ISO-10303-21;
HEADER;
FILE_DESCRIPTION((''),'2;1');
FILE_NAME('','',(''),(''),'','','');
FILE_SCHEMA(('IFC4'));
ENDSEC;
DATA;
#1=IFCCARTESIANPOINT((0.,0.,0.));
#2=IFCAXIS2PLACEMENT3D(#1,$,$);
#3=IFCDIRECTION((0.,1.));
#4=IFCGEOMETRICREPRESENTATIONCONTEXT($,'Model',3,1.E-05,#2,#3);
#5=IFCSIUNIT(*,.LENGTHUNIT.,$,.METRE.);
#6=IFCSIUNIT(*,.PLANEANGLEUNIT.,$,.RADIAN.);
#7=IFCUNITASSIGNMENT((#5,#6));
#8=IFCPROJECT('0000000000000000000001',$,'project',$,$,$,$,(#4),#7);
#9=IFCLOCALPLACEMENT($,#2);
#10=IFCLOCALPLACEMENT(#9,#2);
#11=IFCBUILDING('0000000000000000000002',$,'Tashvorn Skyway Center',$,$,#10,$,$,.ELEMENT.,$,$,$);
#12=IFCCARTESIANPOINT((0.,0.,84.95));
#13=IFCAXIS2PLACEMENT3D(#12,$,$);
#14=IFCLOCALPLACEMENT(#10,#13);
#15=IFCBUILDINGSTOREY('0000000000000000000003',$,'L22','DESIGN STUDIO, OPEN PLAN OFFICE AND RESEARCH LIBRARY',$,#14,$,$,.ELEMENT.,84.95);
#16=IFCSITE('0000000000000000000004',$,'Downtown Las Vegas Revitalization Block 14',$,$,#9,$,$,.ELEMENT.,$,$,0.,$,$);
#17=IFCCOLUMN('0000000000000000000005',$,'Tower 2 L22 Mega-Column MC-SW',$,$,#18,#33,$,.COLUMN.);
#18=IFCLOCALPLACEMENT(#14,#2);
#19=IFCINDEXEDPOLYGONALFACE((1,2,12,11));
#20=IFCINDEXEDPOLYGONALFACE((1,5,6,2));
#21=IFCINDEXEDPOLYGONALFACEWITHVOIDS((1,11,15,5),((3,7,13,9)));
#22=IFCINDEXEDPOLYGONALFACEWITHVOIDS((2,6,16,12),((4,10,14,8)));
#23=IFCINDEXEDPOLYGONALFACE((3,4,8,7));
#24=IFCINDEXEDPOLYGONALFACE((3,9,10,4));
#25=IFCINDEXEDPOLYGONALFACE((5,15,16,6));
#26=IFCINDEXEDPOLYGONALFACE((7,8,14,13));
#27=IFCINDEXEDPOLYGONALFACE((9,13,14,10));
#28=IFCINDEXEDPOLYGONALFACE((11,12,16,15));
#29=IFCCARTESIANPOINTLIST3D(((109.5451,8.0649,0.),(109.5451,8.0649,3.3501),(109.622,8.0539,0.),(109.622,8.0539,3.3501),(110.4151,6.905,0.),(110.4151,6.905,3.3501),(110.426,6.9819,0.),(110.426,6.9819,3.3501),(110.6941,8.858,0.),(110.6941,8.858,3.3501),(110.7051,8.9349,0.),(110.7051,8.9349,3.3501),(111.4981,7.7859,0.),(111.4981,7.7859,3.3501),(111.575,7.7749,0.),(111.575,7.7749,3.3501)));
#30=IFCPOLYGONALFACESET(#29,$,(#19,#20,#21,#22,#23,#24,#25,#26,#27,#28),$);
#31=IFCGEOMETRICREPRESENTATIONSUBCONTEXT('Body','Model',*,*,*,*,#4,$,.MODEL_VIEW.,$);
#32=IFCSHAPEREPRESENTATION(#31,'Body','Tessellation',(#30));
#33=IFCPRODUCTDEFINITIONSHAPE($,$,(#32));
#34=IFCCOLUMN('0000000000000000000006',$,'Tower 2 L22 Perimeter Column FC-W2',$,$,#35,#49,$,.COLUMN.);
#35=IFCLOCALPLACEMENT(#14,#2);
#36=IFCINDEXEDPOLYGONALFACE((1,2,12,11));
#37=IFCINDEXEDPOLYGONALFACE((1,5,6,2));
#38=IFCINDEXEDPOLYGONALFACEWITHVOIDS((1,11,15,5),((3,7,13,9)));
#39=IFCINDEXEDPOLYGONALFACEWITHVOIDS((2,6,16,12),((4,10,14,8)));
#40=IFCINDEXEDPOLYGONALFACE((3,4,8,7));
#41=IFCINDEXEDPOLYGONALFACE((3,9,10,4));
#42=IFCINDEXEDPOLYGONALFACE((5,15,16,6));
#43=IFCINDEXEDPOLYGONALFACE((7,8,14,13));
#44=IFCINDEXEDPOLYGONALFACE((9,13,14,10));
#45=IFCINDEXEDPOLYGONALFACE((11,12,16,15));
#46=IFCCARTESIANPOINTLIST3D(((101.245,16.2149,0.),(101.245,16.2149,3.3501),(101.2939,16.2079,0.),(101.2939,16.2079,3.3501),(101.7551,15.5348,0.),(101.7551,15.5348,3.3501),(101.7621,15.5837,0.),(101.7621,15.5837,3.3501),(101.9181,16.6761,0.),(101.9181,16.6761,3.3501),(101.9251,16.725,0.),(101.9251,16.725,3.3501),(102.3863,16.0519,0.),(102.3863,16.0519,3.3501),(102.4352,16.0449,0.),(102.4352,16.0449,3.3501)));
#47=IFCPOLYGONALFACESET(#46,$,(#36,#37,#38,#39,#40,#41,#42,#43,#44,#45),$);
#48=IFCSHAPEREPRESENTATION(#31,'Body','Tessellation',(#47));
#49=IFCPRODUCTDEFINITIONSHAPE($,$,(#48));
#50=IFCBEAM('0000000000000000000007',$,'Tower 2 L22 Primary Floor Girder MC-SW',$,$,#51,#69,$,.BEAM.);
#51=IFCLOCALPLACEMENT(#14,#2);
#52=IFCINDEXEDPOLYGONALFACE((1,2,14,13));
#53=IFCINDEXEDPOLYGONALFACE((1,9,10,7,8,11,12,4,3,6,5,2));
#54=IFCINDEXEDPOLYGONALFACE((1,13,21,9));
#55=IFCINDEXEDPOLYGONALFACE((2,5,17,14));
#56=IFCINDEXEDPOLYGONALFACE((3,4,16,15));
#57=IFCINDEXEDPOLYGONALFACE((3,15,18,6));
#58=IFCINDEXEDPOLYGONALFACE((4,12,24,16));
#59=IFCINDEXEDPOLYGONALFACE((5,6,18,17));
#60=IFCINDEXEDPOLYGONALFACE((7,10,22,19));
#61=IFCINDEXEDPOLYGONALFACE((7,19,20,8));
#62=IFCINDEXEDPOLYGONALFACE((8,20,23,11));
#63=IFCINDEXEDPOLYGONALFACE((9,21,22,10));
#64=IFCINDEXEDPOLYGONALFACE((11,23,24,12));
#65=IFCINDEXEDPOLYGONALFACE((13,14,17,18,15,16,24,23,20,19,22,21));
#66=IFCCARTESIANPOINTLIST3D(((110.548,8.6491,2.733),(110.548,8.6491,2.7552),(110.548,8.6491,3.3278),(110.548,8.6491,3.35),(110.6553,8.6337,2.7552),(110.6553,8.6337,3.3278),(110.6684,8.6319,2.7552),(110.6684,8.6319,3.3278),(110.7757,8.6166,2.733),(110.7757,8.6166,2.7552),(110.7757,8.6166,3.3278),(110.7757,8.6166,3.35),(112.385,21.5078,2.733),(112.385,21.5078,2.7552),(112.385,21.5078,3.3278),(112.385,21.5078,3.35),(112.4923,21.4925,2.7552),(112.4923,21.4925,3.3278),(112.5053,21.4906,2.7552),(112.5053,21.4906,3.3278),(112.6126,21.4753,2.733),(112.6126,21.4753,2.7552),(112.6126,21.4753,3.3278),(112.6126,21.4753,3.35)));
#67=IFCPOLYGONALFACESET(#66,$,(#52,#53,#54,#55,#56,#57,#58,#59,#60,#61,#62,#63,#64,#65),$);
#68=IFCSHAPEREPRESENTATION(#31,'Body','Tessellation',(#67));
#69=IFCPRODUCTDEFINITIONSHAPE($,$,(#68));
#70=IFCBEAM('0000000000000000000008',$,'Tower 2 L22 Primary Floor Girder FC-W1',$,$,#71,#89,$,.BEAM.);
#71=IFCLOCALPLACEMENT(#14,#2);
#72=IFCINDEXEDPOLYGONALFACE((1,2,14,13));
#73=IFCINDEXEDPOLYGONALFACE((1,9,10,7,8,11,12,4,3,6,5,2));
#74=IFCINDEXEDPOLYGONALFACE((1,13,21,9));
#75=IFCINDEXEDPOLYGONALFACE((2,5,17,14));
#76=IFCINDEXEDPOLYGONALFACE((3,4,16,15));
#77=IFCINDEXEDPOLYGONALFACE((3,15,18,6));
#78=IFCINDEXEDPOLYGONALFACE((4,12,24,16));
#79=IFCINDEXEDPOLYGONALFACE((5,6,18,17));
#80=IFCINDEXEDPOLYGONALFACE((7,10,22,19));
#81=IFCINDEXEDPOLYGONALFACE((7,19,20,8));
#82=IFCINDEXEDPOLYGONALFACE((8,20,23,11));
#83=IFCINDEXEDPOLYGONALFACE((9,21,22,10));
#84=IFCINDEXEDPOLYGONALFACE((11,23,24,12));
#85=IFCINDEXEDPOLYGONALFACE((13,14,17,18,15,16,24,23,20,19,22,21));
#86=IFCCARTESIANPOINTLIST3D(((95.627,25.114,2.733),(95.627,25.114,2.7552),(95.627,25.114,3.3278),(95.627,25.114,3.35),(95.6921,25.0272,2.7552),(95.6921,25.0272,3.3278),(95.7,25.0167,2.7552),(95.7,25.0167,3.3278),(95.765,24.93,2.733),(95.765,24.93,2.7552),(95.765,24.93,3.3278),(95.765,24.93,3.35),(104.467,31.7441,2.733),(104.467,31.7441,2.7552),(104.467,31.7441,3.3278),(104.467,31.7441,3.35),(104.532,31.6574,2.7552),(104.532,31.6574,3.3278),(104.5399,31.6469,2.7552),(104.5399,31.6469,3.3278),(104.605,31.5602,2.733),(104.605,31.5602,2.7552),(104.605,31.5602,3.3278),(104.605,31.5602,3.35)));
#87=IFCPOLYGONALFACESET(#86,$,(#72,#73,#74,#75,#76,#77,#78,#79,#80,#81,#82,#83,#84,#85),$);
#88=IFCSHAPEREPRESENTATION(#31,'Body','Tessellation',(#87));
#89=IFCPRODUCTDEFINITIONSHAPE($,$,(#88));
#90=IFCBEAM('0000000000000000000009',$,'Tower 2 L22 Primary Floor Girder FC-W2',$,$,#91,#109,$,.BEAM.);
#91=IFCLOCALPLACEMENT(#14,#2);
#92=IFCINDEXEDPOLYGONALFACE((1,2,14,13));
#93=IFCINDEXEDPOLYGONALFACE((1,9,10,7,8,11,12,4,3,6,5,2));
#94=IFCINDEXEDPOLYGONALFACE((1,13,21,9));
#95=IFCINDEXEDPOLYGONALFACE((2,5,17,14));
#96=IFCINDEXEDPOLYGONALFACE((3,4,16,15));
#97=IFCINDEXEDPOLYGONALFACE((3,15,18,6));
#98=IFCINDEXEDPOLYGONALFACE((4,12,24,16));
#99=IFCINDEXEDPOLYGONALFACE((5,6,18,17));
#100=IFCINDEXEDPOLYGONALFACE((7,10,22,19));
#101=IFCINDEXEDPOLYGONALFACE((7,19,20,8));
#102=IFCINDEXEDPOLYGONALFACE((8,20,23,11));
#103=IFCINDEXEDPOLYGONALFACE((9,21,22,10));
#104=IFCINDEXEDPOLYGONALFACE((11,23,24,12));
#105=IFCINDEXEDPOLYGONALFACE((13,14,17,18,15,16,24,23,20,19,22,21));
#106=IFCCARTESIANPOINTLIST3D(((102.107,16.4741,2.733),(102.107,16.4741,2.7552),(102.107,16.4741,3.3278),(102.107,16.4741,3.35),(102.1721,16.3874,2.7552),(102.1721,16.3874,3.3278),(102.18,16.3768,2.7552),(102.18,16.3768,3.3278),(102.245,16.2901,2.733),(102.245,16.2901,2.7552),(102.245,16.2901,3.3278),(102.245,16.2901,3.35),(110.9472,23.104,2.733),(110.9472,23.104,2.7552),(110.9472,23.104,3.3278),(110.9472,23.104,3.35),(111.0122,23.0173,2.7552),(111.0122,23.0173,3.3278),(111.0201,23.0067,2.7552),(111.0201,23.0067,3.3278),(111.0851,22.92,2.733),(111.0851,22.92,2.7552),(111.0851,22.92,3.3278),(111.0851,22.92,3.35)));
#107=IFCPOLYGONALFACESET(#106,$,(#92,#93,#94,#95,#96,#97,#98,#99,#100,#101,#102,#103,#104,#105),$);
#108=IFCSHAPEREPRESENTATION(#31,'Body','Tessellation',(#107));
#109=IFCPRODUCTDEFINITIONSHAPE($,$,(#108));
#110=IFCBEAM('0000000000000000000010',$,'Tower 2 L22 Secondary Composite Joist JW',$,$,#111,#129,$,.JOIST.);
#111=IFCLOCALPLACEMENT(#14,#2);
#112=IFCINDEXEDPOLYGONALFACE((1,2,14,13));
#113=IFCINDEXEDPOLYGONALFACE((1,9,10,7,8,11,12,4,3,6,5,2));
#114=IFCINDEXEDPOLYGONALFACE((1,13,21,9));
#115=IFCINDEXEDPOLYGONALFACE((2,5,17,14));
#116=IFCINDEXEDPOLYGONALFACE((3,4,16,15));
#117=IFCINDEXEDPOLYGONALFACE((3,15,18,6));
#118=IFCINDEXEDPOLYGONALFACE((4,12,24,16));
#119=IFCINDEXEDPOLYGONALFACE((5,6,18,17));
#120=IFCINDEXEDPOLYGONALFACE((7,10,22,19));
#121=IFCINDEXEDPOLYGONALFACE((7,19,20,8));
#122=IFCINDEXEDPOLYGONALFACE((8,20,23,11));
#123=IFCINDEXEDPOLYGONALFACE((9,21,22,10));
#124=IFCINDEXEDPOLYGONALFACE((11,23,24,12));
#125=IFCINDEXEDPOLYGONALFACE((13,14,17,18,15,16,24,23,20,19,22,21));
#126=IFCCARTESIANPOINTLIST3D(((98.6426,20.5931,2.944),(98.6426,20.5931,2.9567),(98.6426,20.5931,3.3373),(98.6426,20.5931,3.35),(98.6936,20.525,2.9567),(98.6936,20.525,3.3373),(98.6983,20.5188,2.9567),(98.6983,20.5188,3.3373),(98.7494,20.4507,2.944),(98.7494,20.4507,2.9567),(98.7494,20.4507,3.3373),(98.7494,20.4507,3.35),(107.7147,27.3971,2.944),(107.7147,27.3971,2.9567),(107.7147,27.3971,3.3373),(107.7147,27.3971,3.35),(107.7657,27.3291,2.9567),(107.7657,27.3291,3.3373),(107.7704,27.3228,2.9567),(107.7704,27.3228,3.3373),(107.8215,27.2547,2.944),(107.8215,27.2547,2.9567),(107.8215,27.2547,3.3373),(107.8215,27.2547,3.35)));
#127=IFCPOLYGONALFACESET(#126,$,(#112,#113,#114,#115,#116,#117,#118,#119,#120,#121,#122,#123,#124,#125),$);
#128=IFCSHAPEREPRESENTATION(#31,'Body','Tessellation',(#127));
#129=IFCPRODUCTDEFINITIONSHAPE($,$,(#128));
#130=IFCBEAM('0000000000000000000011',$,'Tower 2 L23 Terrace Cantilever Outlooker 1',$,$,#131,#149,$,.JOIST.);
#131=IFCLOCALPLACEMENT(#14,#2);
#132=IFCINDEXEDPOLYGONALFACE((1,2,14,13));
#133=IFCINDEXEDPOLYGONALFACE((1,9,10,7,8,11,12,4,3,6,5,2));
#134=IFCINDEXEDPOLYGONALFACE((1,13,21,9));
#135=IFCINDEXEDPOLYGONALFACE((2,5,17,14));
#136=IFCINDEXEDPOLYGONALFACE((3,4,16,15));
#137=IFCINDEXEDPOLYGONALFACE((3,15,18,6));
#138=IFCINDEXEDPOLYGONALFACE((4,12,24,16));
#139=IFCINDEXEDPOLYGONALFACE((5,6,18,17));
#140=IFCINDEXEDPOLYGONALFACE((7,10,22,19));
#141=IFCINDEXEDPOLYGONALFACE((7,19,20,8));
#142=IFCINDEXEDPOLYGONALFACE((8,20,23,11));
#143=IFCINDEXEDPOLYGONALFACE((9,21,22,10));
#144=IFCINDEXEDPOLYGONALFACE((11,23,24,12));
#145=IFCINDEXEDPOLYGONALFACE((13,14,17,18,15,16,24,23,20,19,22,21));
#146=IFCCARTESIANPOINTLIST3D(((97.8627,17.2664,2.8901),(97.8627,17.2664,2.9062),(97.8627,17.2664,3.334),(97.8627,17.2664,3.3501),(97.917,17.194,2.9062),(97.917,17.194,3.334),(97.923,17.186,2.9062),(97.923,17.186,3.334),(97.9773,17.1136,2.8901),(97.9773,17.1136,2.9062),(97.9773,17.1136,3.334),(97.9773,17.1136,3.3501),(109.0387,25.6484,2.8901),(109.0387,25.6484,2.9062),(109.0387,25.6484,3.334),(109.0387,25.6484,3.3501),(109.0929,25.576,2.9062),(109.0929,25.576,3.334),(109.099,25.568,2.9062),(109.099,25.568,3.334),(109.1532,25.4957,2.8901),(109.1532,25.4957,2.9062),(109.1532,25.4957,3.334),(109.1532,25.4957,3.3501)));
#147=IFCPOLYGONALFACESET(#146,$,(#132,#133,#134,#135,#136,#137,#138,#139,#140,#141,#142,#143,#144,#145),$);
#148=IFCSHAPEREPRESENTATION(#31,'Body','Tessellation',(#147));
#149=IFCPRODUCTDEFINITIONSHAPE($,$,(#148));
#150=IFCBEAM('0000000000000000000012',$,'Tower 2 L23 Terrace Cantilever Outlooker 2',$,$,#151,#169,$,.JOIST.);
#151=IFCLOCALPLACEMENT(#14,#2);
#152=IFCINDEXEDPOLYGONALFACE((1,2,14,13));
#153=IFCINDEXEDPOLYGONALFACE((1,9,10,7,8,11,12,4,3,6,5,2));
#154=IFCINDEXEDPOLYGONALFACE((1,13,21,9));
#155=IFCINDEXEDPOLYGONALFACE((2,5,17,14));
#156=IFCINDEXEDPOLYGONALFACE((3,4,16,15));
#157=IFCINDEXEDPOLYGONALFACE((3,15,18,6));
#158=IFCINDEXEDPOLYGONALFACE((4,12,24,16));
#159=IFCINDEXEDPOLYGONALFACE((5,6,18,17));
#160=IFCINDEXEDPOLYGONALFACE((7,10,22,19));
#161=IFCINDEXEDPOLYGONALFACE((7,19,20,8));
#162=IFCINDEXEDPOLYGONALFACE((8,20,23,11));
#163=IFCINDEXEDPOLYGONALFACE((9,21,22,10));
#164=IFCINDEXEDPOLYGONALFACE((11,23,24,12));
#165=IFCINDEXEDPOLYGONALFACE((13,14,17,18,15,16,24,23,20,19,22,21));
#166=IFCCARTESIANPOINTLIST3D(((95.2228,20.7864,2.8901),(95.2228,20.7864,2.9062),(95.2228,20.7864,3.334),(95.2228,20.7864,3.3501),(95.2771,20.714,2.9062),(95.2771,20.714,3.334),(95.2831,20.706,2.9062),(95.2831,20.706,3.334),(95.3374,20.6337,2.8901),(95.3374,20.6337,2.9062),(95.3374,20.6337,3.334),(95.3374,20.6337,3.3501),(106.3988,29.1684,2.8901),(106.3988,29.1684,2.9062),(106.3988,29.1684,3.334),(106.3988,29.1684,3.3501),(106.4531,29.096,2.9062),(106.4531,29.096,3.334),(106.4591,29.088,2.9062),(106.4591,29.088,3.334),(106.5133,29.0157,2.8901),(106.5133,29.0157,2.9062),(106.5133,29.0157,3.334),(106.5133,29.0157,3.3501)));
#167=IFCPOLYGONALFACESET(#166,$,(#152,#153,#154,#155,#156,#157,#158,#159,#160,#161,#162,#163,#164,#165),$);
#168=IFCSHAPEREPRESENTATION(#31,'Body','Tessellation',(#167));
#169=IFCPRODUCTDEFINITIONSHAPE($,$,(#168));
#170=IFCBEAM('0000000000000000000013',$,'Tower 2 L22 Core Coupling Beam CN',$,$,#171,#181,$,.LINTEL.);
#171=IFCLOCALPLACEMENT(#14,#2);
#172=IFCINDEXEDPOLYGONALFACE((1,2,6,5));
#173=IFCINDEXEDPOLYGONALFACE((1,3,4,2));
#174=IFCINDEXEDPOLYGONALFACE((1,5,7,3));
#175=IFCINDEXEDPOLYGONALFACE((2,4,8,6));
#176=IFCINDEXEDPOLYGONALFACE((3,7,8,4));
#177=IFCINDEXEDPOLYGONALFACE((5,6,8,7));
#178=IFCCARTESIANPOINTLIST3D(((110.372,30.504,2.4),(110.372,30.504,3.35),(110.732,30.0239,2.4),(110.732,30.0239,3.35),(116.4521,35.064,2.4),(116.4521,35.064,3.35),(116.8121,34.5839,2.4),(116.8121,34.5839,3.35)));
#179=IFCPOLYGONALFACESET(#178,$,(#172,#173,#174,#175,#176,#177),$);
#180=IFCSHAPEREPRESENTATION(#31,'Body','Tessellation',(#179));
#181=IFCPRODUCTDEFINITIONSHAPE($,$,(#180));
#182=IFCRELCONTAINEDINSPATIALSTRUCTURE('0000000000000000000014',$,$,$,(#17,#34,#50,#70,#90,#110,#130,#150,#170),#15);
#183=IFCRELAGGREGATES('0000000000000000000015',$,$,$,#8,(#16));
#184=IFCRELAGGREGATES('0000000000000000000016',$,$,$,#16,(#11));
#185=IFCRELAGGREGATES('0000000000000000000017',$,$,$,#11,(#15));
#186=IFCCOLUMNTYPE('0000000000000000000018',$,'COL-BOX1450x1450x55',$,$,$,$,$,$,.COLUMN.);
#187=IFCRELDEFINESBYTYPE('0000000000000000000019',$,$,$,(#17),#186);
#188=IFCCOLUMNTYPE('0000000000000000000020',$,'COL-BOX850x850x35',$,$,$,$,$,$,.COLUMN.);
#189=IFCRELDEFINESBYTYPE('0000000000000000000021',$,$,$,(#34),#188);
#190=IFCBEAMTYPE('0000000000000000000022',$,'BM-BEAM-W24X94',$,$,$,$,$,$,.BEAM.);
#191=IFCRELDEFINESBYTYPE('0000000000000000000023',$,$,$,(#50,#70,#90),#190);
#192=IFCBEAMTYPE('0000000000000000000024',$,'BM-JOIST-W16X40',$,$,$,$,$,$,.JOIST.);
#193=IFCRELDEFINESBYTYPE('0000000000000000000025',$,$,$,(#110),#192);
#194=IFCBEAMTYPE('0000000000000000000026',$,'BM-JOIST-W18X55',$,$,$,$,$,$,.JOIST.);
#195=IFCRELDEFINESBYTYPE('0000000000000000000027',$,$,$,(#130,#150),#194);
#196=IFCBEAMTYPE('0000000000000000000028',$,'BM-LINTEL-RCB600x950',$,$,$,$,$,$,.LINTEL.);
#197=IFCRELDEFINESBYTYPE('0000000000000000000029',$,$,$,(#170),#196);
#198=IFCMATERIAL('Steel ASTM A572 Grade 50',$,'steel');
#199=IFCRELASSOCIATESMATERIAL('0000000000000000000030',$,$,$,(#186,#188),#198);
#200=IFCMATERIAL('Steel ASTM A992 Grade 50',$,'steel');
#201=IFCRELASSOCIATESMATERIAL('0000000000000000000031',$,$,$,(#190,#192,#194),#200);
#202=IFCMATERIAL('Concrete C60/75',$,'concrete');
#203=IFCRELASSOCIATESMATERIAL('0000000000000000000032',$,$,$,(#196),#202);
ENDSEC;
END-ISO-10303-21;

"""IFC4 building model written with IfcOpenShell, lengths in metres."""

from ifc_helpers import new_model, si_unit, direction, frame, origin, origin_2d, place, context, subcontext, project, spatial, rectangle, hollow_rectangle, i_section, extrude, material, material_profile, profile_set, type_object, element, save


model = new_model("IFC4")

# Units and contexts
model_context = context("Model", 3, precision=1e-05, world=origin(), true_north=direction((0.0, 1.0)))
body_context = subcontext(model_context, "Body", "Model", "MODEL_VIEW")
ifc_project = project(units=[si_unit("LENGTHUNIT", "METRE"), si_unit("PLANEANGLEUNIT", "RADIAN")], contexts=[model_context])

# Site, building, storey
site_placement = place(None, origin())
site = spatial("IfcSite", under=ifc_project, at=site_placement, Name="Downtown Las Vegas Revitalization Block 14", CompositionType="ELEMENT", RefElevation=0.0)
building_placement = place(site_placement, origin())
building = spatial("IfcBuilding", under=site, at=building_placement, Name="Tashvorn Skyway Center", CompositionType="ELEMENT")
storey_placement = place(building_placement, frame((0.0, 0.0, 84.95)))
storey = spatial("IfcBuildingStorey", under=building, at=storey_placement, Name="L22", Description="DESIGN STUDIO, OPEN PLAN OFFICE AND RESEARCH LIBRARY", CompositionType="ELEMENT", Elevation=84.95)

# Columns
ifc_material_1 = material(Name="Steel ASTM A572 Grade 50", Category="steel")
ifc_material_profile_1 = material_profile(ifc_material_1, hollow_rectangle(XDim=1.45, YDim=1.45, WallThickness=0.0549, at=origin_2d()), Name="BOX1450x1450x55")
ifc_profile_set_1 = profile_set([ifc_material_profile_1], Name="Steel ASTM A572 Grade 50")
column_type_1 = type_object("IfcColumnType", Name="COL-BOX1450x1450x55", PredefinedType="COLUMN", material=ifc_profile_set_1)
column_1_placement = place(storey_placement, frame((110.5601, 7.9199, 0.0), z_axis=(0.0, 0.0, 1.0), x_axis=(0.8, 0.6, 0.0)))
element("IfcColumn", 1, at=column_1_placement, inside=storey, type_object=column_type_1, Name="Tower 2 L22 Mega-Column MC-SW", PredefinedType="COLUMN", context=body_context, shape_type="SweptSolid", body=[
    extrude(hollow_rectangle(XDim=1.45, YDim=1.45, WallThickness=0.0549, at=origin_2d()), origin(), (0.0, 0.0, 1.0), 3.3501),
])
ifc_material_profile_2 = material_profile(ifc_material_1, hollow_rectangle(XDim=0.8501, YDim=0.8501, WallThickness=0.0349, at=origin_2d()), Name="BOX850x850x35")
ifc_profile_set_2 = profile_set([ifc_material_profile_2], Name="Steel ASTM A572 Grade 50")
column_type_2 = type_object("IfcColumnType", Name="COL-BOX850x850x35", PredefinedType="COLUMN", material=ifc_profile_set_2)
column_2_placement = place(storey_placement, frame((101.8401, 16.1299, 0.0), z_axis=(0.0, 0.0, 1.0), x_axis=(0.8, 0.6, 0.0)))
element("IfcColumn", 2, at=column_2_placement, inside=storey, type_object=column_type_2, Name="Tower 2 L22 Perimeter Column FC-W2", PredefinedType="COLUMN", context=body_context, shape_type="SweptSolid", body=[
    extrude(hollow_rectangle(XDim=0.8501, YDim=0.8501, WallThickness=0.0349, at=origin_2d()), origin(), (0.0, 0.0, 1.0), 3.3501),
])

# Beams
ifc_material_2 = material(Name="Steel ASTM A992 Grade 50", Category="steel")
ifc_material_profile_3 = material_profile(ifc_material_2, i_section(OverallWidth=0.23, OverallDepth=0.6169, WebThickness=0.0132, FlangeThickness=0.0222, at=origin_2d()), Name="W24X94")
ifc_profile_set_3 = profile_set([ifc_material_profile_3], Name="Steel ASTM A992 Grade 50")
beam_type_1 = type_object("IfcBeamType", Name="BM-BEAM-W24X94", PredefinedType="BEAM", material=ifc_profile_set_3)
beam_1_placement = place(storey_placement, frame((110.6619, 8.6328, 3.0415), z_axis=(0.141419, 0.98995, 0.0), x_axis=(-0.98995, 0.141419, 0.0)))
element("IfcBeam", 3, at=beam_1_placement, inside=storey, type_object=beam_type_1, Name="Tower 2 L22 Primary Floor Girder MC-SW", PredefinedType="BEAM", context=body_context, shape_type="SweptSolid", body=[
    extrude(i_section(OverallWidth=0.23, OverallDepth=0.6169, WebThickness=0.0132, FlangeThickness=0.0222, at=origin_2d()), origin(), (0.0, 0.0, 1.0), 12.9893),
])
for number, where, z_axis, x_axis, name in (
    (4, (95.696, 25.022, 3.0415), (0.799989, 0.600014, 0.0), (-0.600014, 0.799989, 0.0), "Tower 2 L22 Primary Floor Girder FC-W1"),
    (5, (102.176, 16.3821, 3.0415), (0.800008, 0.599989, 0.0), (-0.599989, 0.800008, 0.0), "Tower 2 L22 Primary Floor Girder FC-W2"),
):
    element("IfcBeam", number, at=place(storey_placement, frame(where, z_axis=z_axis, x_axis=x_axis)), inside=storey, type_object=beam_type_1, Name=name, PredefinedType="BEAM", context=body_context, shape_type="SweptSolid", body=[
        extrude(i_section(OverallWidth=0.23, OverallDepth=0.6169, WebThickness=0.0132, FlangeThickness=0.0222, at=origin_2d()), origin(), (0.0, 0.0, 1.0), 11.05),
    ])
ifc_material_profile_4 = material_profile(ifc_material_2, i_section(OverallWidth=0.178, OverallDepth=0.406, WebThickness=0.0078, FlangeThickness=0.0127, at=origin_2d()), Name="W16X40")
ifc_profile_set_4 = profile_set([ifc_material_profile_4], Name="Steel ASTM A992 Grade 50")
beam_type_2 = type_object("IfcBeamType", Name="BM-JOIST-W16X40", PredefinedType="JOIST", material=ifc_profile_set_4)
beam_2_placement = place(storey_placement, frame((107.7681, 27.3259, 3.147), z_axis=(-0.800003, -0.599997, 0.0), x_axis=(0.599997, -0.800003, 0.0)))
element("IfcBeam", 6, at=beam_2_placement, inside=storey, type_object=beam_type_2, Name="Tower 2 L22 Secondary Composite Joist JW", PredefinedType="JOIST", context=body_context, shape_type="SweptSolid", body=[
    extrude(i_section(OverallWidth=0.178, OverallDepth=0.406, WebThickness=0.0078, FlangeThickness=0.0127, at=origin_2d()), origin(), (0.0, 0.0, 1.0), 11.3401),
])
ifc_material_profile_5 = material_profile(ifc_material_2, i_section(OverallWidth=0.1909, OverallDepth=0.46, WebThickness=0.01, FlangeThickness=0.0161, at=origin_2d()), Name="W18X55")
ifc_profile_set_5 = profile_set([ifc_material_profile_5], Name="Steel ASTM A992 Grade 50")
beam_type_3 = type_object("IfcBeamType", Name="BM-JOIST-W18X55", PredefinedType="JOIST", material=ifc_profile_set_5)
for number, where, z_axis, x_axis, name in (
    (7, (109.0959, 25.572, 3.1201), (-0.799998, -0.600003, 0.0), (0.600003, -0.799998, 0.0), "Tower 2 L23 Terrace Cantilever Outlooker 1"),
    (8, (106.4561, 29.092, 3.1201), (-0.799998, -0.600003, 0.0), (0.600003, -0.799998, 0.0), "Tower 2 L23 Terrace Cantilever Outlooker 2"),
):
    element("IfcBeam", number, at=place(storey_placement, frame(where, z_axis=z_axis, x_axis=x_axis)), inside=storey, type_object=beam_type_3, Name=name, PredefinedType="JOIST", context=body_context, shape_type="SweptSolid", body=[
        extrude(i_section(OverallWidth=0.1909, OverallDepth=0.46, WebThickness=0.01, FlangeThickness=0.0161, at=origin_2d()), origin(), (0.0, 0.0, 1.0), 13.97),
    ])
ifc_material_3 = material(Name="Concrete C60/75", Category="concrete")
ifc_material_profile_6 = material_profile(ifc_material_3, rectangle(XDim=0.6001, YDim=0.95, at=origin_2d()), Name="RCB600x950")
ifc_profile_set_6 = profile_set([ifc_material_profile_6], Name="Concrete C60/75")
beam_type_4 = type_object("IfcBeamType", Name="BM-LINTEL-RCB600x950", PredefinedType="LINTEL", material=ifc_profile_set_6)
beam_3_placement = place(storey_placement, frame((110.552, 30.2639, 2.875), z_axis=(0.8, 0.6, 0.0), x_axis=(-0.6, 0.8, 0.0)))
element("IfcBeam", 9, at=beam_3_placement, inside=storey, type_object=beam_type_4, Name="Tower 2 L22 Core Coupling Beam CN", PredefinedType="LINTEL", context=body_context, shape_type="SweptSolid", body=[
    extrude(rectangle(XDim=0.6001, YDim=0.95, at=origin_2d()), origin(), (0.0, 0.0, 1.0), 7.6001),
])

save(model, "model.ifc")
